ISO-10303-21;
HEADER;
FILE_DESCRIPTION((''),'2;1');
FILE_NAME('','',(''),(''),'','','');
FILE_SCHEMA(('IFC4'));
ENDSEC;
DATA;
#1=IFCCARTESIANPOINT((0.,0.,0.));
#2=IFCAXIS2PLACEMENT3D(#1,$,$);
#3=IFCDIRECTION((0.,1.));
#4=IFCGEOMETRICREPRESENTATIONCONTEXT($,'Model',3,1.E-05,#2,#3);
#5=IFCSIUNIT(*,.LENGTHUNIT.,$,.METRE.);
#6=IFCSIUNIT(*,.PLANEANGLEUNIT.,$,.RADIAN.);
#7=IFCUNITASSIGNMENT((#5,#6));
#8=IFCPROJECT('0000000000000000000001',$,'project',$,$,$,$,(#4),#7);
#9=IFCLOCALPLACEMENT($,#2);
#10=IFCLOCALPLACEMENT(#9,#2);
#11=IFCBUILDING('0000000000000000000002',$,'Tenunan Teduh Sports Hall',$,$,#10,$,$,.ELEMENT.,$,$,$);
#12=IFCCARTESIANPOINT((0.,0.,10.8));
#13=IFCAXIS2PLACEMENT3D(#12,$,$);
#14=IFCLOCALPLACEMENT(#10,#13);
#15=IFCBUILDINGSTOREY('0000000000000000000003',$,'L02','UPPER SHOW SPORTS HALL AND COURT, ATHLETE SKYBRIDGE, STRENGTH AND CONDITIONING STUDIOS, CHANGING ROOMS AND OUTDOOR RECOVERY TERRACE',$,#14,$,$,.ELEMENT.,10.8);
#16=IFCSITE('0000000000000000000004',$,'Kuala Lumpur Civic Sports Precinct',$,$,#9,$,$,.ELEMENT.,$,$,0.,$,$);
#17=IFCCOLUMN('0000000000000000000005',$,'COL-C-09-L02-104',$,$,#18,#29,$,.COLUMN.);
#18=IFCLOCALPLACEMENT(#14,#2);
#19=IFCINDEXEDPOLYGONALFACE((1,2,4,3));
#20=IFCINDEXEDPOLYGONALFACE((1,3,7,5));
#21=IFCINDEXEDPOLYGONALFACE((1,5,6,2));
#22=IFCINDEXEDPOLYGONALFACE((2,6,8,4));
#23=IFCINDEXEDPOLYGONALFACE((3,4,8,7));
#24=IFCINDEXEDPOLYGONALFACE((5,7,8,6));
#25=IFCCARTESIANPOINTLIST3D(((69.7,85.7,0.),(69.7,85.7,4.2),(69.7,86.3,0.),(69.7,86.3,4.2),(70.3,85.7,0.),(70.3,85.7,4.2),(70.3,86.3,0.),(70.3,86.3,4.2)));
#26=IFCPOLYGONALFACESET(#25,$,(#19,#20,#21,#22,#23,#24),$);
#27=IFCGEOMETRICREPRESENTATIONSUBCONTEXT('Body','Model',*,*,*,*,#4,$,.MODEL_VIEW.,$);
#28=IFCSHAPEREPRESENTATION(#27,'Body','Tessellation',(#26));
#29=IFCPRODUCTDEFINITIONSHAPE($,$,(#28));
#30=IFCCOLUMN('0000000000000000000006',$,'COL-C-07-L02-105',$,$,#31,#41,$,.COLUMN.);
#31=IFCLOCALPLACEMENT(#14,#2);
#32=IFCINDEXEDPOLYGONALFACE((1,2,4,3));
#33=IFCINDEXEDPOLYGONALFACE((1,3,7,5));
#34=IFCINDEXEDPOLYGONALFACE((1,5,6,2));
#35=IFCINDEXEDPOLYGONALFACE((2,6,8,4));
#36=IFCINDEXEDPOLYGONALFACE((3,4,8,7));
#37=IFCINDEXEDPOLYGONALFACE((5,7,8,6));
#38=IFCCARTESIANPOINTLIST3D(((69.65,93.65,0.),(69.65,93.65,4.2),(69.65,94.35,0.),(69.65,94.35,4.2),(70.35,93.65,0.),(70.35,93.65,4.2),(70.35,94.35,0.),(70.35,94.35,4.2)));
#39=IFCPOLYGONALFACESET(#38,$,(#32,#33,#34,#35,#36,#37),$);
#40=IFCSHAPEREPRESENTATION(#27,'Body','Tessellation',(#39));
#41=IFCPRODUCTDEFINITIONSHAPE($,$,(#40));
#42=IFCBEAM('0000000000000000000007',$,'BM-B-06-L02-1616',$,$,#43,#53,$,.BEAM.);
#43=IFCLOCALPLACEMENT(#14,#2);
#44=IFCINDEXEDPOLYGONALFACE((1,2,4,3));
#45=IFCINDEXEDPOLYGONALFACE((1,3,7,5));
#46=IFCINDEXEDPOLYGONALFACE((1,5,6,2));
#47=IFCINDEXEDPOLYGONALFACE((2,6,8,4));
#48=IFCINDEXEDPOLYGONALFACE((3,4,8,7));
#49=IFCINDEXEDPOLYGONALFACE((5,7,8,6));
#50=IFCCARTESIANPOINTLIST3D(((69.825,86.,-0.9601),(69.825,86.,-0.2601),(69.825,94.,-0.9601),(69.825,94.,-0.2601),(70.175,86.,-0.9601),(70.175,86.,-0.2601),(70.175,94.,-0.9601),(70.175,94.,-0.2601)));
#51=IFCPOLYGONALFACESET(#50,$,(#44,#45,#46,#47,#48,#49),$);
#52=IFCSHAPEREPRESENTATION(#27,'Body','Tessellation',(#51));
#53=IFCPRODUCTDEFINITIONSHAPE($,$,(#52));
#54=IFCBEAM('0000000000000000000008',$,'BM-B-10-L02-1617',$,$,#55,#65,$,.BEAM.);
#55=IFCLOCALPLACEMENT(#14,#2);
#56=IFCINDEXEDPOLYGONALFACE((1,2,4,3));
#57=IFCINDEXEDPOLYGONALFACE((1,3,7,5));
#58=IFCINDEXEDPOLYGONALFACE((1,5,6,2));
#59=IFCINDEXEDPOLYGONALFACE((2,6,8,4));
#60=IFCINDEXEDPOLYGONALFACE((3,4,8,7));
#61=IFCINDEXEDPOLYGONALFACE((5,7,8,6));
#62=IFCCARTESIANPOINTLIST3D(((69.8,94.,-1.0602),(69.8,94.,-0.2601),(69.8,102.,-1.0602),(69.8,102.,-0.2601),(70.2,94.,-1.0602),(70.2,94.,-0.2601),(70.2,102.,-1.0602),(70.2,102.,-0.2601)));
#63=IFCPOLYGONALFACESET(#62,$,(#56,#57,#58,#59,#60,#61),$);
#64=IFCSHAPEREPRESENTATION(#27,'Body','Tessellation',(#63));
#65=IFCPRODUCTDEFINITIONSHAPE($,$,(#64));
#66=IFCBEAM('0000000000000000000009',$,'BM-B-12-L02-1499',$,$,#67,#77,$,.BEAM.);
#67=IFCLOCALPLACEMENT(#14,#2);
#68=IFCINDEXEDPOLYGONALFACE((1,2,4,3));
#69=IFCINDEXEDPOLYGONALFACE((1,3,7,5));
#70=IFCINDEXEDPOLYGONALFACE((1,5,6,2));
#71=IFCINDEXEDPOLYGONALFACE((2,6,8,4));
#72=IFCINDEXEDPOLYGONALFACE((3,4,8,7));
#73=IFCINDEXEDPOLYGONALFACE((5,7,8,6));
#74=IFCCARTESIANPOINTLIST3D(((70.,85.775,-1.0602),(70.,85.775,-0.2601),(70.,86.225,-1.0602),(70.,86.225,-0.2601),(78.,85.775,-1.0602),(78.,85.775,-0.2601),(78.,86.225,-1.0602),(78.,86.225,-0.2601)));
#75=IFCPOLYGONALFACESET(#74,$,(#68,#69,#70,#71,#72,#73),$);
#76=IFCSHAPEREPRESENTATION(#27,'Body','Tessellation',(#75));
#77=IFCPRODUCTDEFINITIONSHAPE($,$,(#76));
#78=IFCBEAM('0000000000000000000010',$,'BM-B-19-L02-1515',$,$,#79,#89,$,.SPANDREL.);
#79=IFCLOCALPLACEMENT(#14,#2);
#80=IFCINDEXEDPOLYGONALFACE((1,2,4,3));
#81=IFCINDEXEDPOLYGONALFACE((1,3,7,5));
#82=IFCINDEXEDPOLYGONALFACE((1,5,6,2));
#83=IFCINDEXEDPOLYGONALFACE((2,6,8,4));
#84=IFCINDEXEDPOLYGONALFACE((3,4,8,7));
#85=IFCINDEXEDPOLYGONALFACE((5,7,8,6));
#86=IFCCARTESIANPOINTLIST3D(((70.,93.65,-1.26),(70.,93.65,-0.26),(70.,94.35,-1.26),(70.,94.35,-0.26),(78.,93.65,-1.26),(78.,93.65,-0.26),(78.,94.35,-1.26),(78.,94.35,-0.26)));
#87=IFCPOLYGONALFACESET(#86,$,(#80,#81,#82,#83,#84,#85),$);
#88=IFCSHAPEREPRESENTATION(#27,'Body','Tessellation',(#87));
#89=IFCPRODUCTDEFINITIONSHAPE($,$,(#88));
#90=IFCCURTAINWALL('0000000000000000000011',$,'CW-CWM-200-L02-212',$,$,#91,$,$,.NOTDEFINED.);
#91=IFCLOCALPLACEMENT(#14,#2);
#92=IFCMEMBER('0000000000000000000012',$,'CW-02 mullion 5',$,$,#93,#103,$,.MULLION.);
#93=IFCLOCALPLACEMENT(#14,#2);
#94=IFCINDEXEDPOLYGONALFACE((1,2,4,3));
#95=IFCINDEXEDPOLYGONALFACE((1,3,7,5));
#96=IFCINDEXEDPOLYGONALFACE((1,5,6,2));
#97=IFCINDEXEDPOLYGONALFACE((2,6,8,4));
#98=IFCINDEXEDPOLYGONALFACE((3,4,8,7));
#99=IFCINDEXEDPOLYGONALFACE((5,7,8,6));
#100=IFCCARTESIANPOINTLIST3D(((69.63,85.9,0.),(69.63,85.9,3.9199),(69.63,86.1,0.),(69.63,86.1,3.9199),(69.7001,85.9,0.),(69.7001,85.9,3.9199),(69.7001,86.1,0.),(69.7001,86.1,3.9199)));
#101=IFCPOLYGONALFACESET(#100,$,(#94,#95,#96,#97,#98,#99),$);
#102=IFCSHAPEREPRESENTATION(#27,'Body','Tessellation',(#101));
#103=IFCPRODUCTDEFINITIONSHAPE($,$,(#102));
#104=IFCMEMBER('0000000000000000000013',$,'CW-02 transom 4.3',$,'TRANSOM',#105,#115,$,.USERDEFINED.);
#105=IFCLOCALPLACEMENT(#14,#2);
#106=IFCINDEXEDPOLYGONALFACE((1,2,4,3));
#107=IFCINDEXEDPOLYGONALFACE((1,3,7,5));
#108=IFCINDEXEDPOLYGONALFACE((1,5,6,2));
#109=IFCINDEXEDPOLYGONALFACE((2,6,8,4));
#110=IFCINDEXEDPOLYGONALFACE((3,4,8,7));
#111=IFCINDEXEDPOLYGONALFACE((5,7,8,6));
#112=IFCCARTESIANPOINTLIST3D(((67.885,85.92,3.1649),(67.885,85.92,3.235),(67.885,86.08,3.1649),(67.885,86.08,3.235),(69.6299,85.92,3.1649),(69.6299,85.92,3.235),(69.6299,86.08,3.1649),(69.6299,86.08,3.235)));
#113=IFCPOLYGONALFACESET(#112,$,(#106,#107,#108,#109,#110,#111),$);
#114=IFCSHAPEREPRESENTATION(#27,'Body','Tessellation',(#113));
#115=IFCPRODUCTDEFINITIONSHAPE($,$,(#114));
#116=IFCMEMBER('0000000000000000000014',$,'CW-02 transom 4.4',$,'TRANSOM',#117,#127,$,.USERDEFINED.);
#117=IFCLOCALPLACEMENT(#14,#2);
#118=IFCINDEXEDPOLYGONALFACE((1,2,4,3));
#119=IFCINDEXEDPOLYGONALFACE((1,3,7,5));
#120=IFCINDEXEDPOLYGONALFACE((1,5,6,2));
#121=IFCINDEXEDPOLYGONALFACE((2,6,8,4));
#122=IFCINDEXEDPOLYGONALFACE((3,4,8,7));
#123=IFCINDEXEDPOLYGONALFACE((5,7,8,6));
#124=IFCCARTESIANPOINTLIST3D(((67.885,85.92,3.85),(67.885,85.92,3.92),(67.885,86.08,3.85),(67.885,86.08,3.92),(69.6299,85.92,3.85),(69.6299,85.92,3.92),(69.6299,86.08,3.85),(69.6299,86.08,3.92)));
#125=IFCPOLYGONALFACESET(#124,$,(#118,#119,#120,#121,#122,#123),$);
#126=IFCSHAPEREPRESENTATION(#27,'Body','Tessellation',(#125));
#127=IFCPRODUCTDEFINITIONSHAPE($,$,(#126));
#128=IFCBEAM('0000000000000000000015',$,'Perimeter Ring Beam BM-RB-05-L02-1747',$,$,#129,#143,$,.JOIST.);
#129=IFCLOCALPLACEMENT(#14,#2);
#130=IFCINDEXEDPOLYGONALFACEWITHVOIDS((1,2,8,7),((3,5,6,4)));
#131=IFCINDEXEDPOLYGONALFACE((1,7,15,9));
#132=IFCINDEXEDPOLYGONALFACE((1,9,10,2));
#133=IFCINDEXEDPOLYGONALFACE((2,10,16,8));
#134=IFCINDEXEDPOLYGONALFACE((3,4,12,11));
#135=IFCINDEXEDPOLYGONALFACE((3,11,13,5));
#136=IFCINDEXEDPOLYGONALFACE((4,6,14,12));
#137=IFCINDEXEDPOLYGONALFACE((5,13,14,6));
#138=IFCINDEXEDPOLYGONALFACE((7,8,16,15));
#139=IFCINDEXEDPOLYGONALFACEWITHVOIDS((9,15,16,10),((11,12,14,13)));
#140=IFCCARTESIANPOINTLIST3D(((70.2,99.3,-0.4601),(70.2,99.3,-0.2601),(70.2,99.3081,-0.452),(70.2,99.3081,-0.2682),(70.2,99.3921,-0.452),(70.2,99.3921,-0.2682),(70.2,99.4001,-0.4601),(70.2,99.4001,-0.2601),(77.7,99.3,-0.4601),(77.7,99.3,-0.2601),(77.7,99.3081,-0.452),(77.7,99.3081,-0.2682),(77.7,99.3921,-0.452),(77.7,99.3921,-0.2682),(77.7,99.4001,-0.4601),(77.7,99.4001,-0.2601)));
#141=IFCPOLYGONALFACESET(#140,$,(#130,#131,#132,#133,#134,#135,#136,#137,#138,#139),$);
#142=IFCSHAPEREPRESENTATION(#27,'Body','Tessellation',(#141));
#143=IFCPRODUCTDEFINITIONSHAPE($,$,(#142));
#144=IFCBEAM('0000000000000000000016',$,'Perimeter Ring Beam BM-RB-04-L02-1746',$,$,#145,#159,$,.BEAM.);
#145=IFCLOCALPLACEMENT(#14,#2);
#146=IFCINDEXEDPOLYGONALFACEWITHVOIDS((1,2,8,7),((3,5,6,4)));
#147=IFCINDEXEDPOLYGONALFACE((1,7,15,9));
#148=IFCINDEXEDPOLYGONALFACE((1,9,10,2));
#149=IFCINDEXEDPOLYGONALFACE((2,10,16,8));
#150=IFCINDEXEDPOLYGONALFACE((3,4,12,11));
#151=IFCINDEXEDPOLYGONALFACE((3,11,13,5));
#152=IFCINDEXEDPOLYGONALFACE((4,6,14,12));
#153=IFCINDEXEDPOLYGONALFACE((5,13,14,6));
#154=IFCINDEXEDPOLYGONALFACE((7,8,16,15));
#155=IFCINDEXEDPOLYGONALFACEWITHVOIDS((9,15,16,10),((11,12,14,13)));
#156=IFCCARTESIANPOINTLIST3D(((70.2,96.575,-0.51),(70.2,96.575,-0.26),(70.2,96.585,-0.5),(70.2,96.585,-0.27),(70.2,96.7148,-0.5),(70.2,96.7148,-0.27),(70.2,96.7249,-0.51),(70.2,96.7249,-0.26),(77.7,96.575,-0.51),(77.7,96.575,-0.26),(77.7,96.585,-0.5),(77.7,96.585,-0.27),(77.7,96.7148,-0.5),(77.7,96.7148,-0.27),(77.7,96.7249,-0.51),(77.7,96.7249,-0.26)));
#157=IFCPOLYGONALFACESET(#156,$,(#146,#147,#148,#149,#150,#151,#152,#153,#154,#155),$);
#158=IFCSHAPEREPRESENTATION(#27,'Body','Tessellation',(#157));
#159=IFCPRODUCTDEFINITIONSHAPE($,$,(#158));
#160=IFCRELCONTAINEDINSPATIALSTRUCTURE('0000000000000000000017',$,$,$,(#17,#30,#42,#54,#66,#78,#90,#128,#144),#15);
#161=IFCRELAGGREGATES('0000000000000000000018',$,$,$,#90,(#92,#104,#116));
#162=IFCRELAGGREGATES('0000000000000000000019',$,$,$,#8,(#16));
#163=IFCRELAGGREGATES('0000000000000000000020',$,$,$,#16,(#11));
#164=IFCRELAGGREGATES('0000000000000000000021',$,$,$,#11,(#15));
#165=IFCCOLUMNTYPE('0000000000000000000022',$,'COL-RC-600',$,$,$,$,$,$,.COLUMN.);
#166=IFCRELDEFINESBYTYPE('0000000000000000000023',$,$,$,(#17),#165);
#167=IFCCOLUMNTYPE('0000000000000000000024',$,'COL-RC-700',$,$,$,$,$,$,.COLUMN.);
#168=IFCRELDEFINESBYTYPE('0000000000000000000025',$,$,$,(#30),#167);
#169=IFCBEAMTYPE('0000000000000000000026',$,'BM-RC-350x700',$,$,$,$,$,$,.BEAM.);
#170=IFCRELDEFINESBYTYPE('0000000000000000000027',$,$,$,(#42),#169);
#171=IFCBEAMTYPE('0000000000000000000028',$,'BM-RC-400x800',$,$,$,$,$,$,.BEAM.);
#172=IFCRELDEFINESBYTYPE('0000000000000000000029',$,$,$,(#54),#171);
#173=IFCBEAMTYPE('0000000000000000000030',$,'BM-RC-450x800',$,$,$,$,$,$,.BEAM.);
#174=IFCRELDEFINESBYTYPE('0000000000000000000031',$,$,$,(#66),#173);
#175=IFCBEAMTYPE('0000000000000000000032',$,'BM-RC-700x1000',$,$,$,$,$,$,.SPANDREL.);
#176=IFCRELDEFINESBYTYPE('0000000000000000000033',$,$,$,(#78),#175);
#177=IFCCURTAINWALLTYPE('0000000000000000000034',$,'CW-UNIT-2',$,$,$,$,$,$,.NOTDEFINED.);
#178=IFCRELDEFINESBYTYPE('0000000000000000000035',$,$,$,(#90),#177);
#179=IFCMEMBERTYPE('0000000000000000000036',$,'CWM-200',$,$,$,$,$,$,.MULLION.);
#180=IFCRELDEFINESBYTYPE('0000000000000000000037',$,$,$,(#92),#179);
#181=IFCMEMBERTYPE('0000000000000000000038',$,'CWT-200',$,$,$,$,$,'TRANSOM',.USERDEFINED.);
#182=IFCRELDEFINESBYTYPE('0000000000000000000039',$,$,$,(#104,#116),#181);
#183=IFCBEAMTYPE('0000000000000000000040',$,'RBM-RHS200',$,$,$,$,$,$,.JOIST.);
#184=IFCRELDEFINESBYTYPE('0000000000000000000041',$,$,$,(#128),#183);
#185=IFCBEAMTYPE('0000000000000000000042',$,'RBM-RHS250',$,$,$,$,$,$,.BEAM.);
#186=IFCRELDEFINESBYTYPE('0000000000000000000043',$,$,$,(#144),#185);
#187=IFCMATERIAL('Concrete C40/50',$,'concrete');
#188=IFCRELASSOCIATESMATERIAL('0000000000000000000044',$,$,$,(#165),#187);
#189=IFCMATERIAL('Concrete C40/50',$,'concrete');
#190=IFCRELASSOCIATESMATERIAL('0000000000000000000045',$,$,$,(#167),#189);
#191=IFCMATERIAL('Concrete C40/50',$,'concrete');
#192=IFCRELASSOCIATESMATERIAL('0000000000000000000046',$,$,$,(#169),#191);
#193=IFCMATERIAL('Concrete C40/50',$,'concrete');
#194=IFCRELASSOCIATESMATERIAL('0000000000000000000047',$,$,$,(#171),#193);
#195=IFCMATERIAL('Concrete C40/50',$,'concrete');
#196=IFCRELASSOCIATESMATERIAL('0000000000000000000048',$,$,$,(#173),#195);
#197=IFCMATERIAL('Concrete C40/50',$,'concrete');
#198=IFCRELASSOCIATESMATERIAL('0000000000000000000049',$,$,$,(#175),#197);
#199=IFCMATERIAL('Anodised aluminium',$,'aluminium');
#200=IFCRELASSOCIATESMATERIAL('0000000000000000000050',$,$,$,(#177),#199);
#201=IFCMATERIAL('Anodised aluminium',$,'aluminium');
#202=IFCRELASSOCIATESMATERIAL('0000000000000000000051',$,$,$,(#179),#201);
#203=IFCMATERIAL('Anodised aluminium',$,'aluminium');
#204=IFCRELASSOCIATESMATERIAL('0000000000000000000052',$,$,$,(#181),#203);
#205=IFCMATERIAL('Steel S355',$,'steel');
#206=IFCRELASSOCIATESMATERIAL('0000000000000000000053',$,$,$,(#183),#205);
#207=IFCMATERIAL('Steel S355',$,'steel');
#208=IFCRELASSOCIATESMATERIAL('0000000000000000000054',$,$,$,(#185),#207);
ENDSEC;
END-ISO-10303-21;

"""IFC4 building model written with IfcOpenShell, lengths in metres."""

from ifc_helpers import new_model, si_unit, direction, frame, origin, origin_2d, place, context, subcontext, project, spatial, rectangle, hollow_rectangle, extrude, material, material_profile, profile_set, type_object, element, aggregate, save


model = new_model("IFC4")

# Units and contexts
model_context = context("Model", 3, precision=1e-05, world=origin(), true_north=direction((0.0, 1.0)))
body_context = subcontext(model_context, "Body", "Model", "MODEL_VIEW")
ifc_project = project(units=[si_unit("LENGTHUNIT", "METRE"), si_unit("PLANEANGLEUNIT", "RADIAN")], contexts=[model_context])

# Site, building, storey
site_placement = place(None, origin())
site = spatial("IfcSite", under=ifc_project, at=site_placement, Name="Kuala Lumpur Civic Sports Precinct", CompositionType="ELEMENT", RefElevation=0.0)
building_placement = place(site_placement, origin())
building = spatial("IfcBuilding", under=site, at=building_placement, Name="Tenunan Teduh Sports Hall", CompositionType="ELEMENT")
storey_placement = place(building_placement, frame((0.0, 0.0, 10.8)))
storey = spatial("IfcBuildingStorey", under=building, at=storey_placement, Name="L02", Description="UPPER SHOW SPORTS HALL AND COURT, ATHLETE SKYBRIDGE, STRENGTH AND CONDITIONING STUDIOS, CHANGING ROOMS AND OUTDOOR RECOVERY TERRACE", CompositionType="ELEMENT", Elevation=10.8)

# Columns
ifc_material_1 = material(Name="Concrete C40/50", Category="concrete")
ifc_material_profile_1 = material_profile(ifc_material_1, rectangle(XDim=0.6001, YDim=0.6001, at=origin_2d()), Name="RC 600x600")
ifc_profile_set_1 = profile_set([ifc_material_profile_1], Name="Concrete C40/50")
column_type_1 = type_object("IfcColumnType", Name="COL-RC-600", PredefinedType="COLUMN", material=ifc_profile_set_1)
column_1_placement = place(storey_placement, frame((70.0, 86.0, 0.0), z_axis=(0.0, 0.0, 1.0), x_axis=(1.0, 0.0, 0.0)))
element("IfcColumn", 1, at=column_1_placement, inside=storey, type_object=column_type_1, Name="COL-C-09-L02-104", PredefinedType="COLUMN", context=body_context, shape_type="SweptSolid", body=[
    extrude(rectangle(XDim=0.6001, YDim=0.6001, at=origin_2d()), origin(), (0.0, 0.0, 1.0), 4.2),
])
ifc_material_2 = material(Name="Concrete C40/50", Category="concrete")
ifc_material_profile_2 = material_profile(ifc_material_2, rectangle(XDim=0.7, YDim=0.7, at=origin_2d()), Name="RC 700x700")
ifc_profile_set_2 = profile_set([ifc_material_profile_2], Name="Concrete C40/50")
column_type_2 = type_object("IfcColumnType", Name="COL-RC-700", PredefinedType="COLUMN", material=ifc_profile_set_2)
column_2_placement = place(storey_placement, frame((70.0, 94.0, 0.0), z_axis=(0.0, 0.0, 1.0), x_axis=(1.0, 0.0, 0.0)))
element("IfcColumn", 2, at=column_2_placement, inside=storey, type_object=column_type_2, Name="COL-C-07-L02-105", PredefinedType="COLUMN", context=body_context, shape_type="SweptSolid", body=[
    extrude(rectangle(XDim=0.7, YDim=0.7, at=origin_2d()), origin(), (0.0, 0.0, 1.0), 4.2),
])

# Beams
ifc_material_3 = material(Name="Concrete C40/50", Category="concrete")
ifc_material_profile_3 = material_profile(ifc_material_3, rectangle(XDim=0.3501, YDim=0.7, at=origin_2d()), Name="RCB 350x700")
ifc_profile_set_3 = profile_set([ifc_material_profile_3], Name="Concrete C40/50")
beam_type_1 = type_object("IfcBeamType", Name="BM-RC-350x700", PredefinedType="BEAM", material=ifc_profile_set_3)
beam_1_placement = place(storey_placement, frame((70.0, 86.0, -0.6101), z_axis=(0.0, 1.0, 0.0), x_axis=(-1.0, 0.0, 0.0)))
element("IfcBeam", 3, at=beam_1_placement, inside=storey, type_object=beam_type_1, Name="BM-B-06-L02-1616", PredefinedType="BEAM", context=body_context, shape_type="SweptSolid", body=[
    extrude(rectangle(XDim=0.3501, YDim=0.7, at=origin_2d()), origin(), (0.0, 0.0, 1.0), 8.0),
])
ifc_material_4 = material(Name="Concrete C40/50", Category="concrete")
ifc_material_profile_4 = material_profile(ifc_material_4, rectangle(XDim=0.3999, YDim=0.8, at=origin_2d()), Name="RCB 400x800")
ifc_profile_set_4 = profile_set([ifc_material_profile_4], Name="Concrete C40/50")
beam_type_2 = type_object("IfcBeamType", Name="BM-RC-400x800", PredefinedType="BEAM", material=ifc_profile_set_4)
beam_2_placement = place(storey_placement, frame((70.0, 94.0, -0.6602), z_axis=(0.0, 1.0, 0.0), x_axis=(-1.0, 0.0, 0.0)))
element("IfcBeam", 4, at=beam_2_placement, inside=storey, type_object=beam_type_2, Name="BM-B-10-L02-1617", PredefinedType="BEAM", context=body_context, shape_type="SweptSolid", body=[
    extrude(rectangle(XDim=0.3999, YDim=0.8, at=origin_2d()), origin(), (0.0, 0.0, 1.0), 8.0),
])
ifc_material_5 = material(Name="Concrete C40/50", Category="concrete")
ifc_material_profile_5 = material_profile(ifc_material_5, rectangle(XDim=0.45, YDim=0.8, at=origin_2d()), Name="RCB 450x800")
ifc_profile_set_5 = profile_set([ifc_material_profile_5], Name="Concrete C40/50")
beam_type_3 = type_object("IfcBeamType", Name="BM-RC-450x800", PredefinedType="BEAM", material=ifc_profile_set_5)
beam_3_placement = place(storey_placement, frame((70.0, 86.0, -0.6602), z_axis=(1.0, 0.0, 0.0), x_axis=(0.0, 1.0, 0.0)))
element("IfcBeam", 5, at=beam_3_placement, inside=storey, type_object=beam_type_3, Name="BM-B-12-L02-1499", PredefinedType="BEAM", context=body_context, shape_type="SweptSolid", body=[
    extrude(rectangle(XDim=0.45, YDim=0.8, at=origin_2d()), origin(), (0.0, 0.0, 1.0), 8.0),
])
ifc_material_6 = material(Name="Concrete C40/50", Category="concrete")
ifc_material_profile_6 = material_profile(ifc_material_6, rectangle(XDim=0.7, YDim=1.0, at=origin_2d()), Name="RCB 700x1000")
ifc_profile_set_6 = profile_set([ifc_material_profile_6], Name="Concrete C40/50")
beam_type_4 = type_object("IfcBeamType", Name="BM-RC-700x1000", PredefinedType="SPANDREL", material=ifc_profile_set_6)
beam_4_placement = place(storey_placement, frame((70.0, 94.0, -0.76), z_axis=(1.0, 0.0, 0.0), x_axis=(0.0, 1.0, 0.0)))
element("IfcBeam", 6, at=beam_4_placement, inside=storey, type_object=beam_type_4, Name="BM-B-19-L02-1515", PredefinedType="SPANDREL", context=body_context, shape_type="SweptSolid", body=[
    extrude(rectangle(XDim=0.7, YDim=1.0, at=origin_2d()), origin(), (0.0, 0.0, 1.0), 8.0),
])

# Curtain wall, members
ifc_material_7 = material(Name="Anodised aluminium", Category="aluminium")
curtain_wall_type = type_object("IfcCurtainWallType", Name="CW-UNIT-2", PredefinedType="NOTDEFINED", material=ifc_material_7)
curtain_wall_placement = place(storey_placement, origin())
curtain_wall = element("IfcCurtainWall", 7, at=curtain_wall_placement, inside=storey, type_object=curtain_wall_type, Name="CW-CWM-200-L02-212", PredefinedType="NOTDEFINED")
ifc_material_8 = material(Name="Anodised aluminium", Category="aluminium")
ifc_material_profile_7 = material_profile(ifc_material_8, rectangle(XDim=0.0701, YDim=0.2, at=origin_2d()), Name="CWM 70x200")
ifc_profile_set_7 = profile_set([ifc_material_profile_7], Name="Anodised aluminium")
member_type_1 = type_object("IfcMemberType", Name="CWM-200", PredefinedType="MULLION", material=ifc_profile_set_7)
member_1_placement = place(storey_placement, frame((69.665, 86.0, 0.0), z_axis=(0.0, 0.0, 1.0), x_axis=(1.0, 0.0, 0.0)))
member_1 = element("IfcMember", 8, at=member_1_placement, type_object=member_type_1, Name="CW-02 mullion 5", PredefinedType="MULLION", context=body_context, shape_type="SweptSolid", body=[
    extrude(rectangle(XDim=0.0701, YDim=0.2, at=origin_2d()), origin(), (0.0, 0.0, 1.0), 3.9199),
])
ifc_material_9 = material(Name="Anodised aluminium", Category="aluminium")
ifc_material_profile_8 = material_profile(ifc_material_9, rectangle(XDim=0.0701, YDim=0.1599, at=origin_2d()), Name="CWT 70x160")
ifc_profile_set_8 = profile_set([ifc_material_profile_8], Name="Anodised aluminium")
member_type_2 = type_object("IfcMemberType", Name="CWT-200", ElementType="TRANSOM", PredefinedType="USERDEFINED", material=ifc_profile_set_8)
member_2_placement = place(storey_placement, frame((67.885, 86.0, 3.2), z_axis=(1.0, 0.0, 0.0), x_axis=(0.0, 0.0, 1.0)))
member_2 = element("IfcMember", 9, at=member_2_placement, type_object=member_type_2, Name="CW-02 transom 4.3", ObjectType="TRANSOM", PredefinedType="USERDEFINED", context=body_context, shape_type="SweptSolid", body=[
    extrude(rectangle(XDim=0.0701, YDim=0.1599, at=origin_2d()), origin(), (0.0, 0.0, 1.0), 1.7449),
])
member_3_placement = place(storey_placement, frame((67.885, 86.0, 3.885), z_axis=(1.0, 0.0, 0.0), x_axis=(0.0, 0.0, 1.0)))
member_3 = element("IfcMember", 10, at=member_3_placement, type_object=member_type_2, Name="CW-02 transom 4.4", ObjectType="TRANSOM", PredefinedType="USERDEFINED", context=body_context, shape_type="SweptSolid", body=[
    extrude(rectangle(XDim=0.0701, YDim=0.1599, at=origin_2d()), origin(), (0.0, 0.0, 1.0), 1.7449),
])

# Beams
ifc_material_10 = material(Name="Steel S355", Category="steel")
ifc_material_profile_9 = material_profile(ifc_material_10, hollow_rectangle(XDim=0.1001, YDim=0.2, WallThickness=0.0081, at=origin_2d()), Name="RHS 200x100x8.0")
ifc_profile_set_9 = profile_set([ifc_material_profile_9], Name="Steel S355")
beam_type_5 = type_object("IfcBeamType", Name="RBM-RHS200", PredefinedType="JOIST", material=ifc_profile_set_9)
beam_5_placement = place(storey_placement, frame((70.2, 99.3501, -0.3601), z_axis=(1.0, 0.0, 0.0), x_axis=(0.0, 1.0, 0.0)))
element("IfcBeam", 11, at=beam_5_placement, inside=storey, type_object=beam_type_5, Name="Perimeter Ring Beam BM-RB-05-L02-1747", PredefinedType="JOIST", context=body_context, shape_type="SweptSolid", body=[
    extrude(hollow_rectangle(XDim=0.1001, YDim=0.2, WallThickness=0.0081, at=origin_2d()), origin(), (0.0, 0.0, 1.0), 7.5),
])
ifc_material_11 = material(Name="Steel S355", Category="steel")
ifc_material_profile_10 = material_profile(ifc_material_11, hollow_rectangle(XDim=0.1499, YDim=0.25, WallThickness=0.01, at=origin_2d()), Name="RHS 250x150x10.0")
ifc_profile_set_10 = profile_set([ifc_material_profile_10], Name="Steel S355")
beam_type_6 = type_object("IfcBeamType", Name="RBM-RHS250", PredefinedType="BEAM", material=ifc_profile_set_10)
beam_6_placement = place(storey_placement, frame((70.2, 96.6499, -0.385), z_axis=(1.0, 0.0, 0.0), x_axis=(0.0, 1.0, 0.0)))
element("IfcBeam", 12, at=beam_6_placement, inside=storey, type_object=beam_type_6, Name="Perimeter Ring Beam BM-RB-04-L02-1746", PredefinedType="BEAM", context=body_context, shape_type="SweptSolid", body=[
    extrude(hollow_rectangle(XDim=0.1499, YDim=0.25, WallThickness=0.01, at=origin_2d()), origin(), (0.0, 0.0, 1.0), 7.5),
])

aggregate(curtain_wall, [member_1, member_2, member_3])

save(model, "model.ifc")
